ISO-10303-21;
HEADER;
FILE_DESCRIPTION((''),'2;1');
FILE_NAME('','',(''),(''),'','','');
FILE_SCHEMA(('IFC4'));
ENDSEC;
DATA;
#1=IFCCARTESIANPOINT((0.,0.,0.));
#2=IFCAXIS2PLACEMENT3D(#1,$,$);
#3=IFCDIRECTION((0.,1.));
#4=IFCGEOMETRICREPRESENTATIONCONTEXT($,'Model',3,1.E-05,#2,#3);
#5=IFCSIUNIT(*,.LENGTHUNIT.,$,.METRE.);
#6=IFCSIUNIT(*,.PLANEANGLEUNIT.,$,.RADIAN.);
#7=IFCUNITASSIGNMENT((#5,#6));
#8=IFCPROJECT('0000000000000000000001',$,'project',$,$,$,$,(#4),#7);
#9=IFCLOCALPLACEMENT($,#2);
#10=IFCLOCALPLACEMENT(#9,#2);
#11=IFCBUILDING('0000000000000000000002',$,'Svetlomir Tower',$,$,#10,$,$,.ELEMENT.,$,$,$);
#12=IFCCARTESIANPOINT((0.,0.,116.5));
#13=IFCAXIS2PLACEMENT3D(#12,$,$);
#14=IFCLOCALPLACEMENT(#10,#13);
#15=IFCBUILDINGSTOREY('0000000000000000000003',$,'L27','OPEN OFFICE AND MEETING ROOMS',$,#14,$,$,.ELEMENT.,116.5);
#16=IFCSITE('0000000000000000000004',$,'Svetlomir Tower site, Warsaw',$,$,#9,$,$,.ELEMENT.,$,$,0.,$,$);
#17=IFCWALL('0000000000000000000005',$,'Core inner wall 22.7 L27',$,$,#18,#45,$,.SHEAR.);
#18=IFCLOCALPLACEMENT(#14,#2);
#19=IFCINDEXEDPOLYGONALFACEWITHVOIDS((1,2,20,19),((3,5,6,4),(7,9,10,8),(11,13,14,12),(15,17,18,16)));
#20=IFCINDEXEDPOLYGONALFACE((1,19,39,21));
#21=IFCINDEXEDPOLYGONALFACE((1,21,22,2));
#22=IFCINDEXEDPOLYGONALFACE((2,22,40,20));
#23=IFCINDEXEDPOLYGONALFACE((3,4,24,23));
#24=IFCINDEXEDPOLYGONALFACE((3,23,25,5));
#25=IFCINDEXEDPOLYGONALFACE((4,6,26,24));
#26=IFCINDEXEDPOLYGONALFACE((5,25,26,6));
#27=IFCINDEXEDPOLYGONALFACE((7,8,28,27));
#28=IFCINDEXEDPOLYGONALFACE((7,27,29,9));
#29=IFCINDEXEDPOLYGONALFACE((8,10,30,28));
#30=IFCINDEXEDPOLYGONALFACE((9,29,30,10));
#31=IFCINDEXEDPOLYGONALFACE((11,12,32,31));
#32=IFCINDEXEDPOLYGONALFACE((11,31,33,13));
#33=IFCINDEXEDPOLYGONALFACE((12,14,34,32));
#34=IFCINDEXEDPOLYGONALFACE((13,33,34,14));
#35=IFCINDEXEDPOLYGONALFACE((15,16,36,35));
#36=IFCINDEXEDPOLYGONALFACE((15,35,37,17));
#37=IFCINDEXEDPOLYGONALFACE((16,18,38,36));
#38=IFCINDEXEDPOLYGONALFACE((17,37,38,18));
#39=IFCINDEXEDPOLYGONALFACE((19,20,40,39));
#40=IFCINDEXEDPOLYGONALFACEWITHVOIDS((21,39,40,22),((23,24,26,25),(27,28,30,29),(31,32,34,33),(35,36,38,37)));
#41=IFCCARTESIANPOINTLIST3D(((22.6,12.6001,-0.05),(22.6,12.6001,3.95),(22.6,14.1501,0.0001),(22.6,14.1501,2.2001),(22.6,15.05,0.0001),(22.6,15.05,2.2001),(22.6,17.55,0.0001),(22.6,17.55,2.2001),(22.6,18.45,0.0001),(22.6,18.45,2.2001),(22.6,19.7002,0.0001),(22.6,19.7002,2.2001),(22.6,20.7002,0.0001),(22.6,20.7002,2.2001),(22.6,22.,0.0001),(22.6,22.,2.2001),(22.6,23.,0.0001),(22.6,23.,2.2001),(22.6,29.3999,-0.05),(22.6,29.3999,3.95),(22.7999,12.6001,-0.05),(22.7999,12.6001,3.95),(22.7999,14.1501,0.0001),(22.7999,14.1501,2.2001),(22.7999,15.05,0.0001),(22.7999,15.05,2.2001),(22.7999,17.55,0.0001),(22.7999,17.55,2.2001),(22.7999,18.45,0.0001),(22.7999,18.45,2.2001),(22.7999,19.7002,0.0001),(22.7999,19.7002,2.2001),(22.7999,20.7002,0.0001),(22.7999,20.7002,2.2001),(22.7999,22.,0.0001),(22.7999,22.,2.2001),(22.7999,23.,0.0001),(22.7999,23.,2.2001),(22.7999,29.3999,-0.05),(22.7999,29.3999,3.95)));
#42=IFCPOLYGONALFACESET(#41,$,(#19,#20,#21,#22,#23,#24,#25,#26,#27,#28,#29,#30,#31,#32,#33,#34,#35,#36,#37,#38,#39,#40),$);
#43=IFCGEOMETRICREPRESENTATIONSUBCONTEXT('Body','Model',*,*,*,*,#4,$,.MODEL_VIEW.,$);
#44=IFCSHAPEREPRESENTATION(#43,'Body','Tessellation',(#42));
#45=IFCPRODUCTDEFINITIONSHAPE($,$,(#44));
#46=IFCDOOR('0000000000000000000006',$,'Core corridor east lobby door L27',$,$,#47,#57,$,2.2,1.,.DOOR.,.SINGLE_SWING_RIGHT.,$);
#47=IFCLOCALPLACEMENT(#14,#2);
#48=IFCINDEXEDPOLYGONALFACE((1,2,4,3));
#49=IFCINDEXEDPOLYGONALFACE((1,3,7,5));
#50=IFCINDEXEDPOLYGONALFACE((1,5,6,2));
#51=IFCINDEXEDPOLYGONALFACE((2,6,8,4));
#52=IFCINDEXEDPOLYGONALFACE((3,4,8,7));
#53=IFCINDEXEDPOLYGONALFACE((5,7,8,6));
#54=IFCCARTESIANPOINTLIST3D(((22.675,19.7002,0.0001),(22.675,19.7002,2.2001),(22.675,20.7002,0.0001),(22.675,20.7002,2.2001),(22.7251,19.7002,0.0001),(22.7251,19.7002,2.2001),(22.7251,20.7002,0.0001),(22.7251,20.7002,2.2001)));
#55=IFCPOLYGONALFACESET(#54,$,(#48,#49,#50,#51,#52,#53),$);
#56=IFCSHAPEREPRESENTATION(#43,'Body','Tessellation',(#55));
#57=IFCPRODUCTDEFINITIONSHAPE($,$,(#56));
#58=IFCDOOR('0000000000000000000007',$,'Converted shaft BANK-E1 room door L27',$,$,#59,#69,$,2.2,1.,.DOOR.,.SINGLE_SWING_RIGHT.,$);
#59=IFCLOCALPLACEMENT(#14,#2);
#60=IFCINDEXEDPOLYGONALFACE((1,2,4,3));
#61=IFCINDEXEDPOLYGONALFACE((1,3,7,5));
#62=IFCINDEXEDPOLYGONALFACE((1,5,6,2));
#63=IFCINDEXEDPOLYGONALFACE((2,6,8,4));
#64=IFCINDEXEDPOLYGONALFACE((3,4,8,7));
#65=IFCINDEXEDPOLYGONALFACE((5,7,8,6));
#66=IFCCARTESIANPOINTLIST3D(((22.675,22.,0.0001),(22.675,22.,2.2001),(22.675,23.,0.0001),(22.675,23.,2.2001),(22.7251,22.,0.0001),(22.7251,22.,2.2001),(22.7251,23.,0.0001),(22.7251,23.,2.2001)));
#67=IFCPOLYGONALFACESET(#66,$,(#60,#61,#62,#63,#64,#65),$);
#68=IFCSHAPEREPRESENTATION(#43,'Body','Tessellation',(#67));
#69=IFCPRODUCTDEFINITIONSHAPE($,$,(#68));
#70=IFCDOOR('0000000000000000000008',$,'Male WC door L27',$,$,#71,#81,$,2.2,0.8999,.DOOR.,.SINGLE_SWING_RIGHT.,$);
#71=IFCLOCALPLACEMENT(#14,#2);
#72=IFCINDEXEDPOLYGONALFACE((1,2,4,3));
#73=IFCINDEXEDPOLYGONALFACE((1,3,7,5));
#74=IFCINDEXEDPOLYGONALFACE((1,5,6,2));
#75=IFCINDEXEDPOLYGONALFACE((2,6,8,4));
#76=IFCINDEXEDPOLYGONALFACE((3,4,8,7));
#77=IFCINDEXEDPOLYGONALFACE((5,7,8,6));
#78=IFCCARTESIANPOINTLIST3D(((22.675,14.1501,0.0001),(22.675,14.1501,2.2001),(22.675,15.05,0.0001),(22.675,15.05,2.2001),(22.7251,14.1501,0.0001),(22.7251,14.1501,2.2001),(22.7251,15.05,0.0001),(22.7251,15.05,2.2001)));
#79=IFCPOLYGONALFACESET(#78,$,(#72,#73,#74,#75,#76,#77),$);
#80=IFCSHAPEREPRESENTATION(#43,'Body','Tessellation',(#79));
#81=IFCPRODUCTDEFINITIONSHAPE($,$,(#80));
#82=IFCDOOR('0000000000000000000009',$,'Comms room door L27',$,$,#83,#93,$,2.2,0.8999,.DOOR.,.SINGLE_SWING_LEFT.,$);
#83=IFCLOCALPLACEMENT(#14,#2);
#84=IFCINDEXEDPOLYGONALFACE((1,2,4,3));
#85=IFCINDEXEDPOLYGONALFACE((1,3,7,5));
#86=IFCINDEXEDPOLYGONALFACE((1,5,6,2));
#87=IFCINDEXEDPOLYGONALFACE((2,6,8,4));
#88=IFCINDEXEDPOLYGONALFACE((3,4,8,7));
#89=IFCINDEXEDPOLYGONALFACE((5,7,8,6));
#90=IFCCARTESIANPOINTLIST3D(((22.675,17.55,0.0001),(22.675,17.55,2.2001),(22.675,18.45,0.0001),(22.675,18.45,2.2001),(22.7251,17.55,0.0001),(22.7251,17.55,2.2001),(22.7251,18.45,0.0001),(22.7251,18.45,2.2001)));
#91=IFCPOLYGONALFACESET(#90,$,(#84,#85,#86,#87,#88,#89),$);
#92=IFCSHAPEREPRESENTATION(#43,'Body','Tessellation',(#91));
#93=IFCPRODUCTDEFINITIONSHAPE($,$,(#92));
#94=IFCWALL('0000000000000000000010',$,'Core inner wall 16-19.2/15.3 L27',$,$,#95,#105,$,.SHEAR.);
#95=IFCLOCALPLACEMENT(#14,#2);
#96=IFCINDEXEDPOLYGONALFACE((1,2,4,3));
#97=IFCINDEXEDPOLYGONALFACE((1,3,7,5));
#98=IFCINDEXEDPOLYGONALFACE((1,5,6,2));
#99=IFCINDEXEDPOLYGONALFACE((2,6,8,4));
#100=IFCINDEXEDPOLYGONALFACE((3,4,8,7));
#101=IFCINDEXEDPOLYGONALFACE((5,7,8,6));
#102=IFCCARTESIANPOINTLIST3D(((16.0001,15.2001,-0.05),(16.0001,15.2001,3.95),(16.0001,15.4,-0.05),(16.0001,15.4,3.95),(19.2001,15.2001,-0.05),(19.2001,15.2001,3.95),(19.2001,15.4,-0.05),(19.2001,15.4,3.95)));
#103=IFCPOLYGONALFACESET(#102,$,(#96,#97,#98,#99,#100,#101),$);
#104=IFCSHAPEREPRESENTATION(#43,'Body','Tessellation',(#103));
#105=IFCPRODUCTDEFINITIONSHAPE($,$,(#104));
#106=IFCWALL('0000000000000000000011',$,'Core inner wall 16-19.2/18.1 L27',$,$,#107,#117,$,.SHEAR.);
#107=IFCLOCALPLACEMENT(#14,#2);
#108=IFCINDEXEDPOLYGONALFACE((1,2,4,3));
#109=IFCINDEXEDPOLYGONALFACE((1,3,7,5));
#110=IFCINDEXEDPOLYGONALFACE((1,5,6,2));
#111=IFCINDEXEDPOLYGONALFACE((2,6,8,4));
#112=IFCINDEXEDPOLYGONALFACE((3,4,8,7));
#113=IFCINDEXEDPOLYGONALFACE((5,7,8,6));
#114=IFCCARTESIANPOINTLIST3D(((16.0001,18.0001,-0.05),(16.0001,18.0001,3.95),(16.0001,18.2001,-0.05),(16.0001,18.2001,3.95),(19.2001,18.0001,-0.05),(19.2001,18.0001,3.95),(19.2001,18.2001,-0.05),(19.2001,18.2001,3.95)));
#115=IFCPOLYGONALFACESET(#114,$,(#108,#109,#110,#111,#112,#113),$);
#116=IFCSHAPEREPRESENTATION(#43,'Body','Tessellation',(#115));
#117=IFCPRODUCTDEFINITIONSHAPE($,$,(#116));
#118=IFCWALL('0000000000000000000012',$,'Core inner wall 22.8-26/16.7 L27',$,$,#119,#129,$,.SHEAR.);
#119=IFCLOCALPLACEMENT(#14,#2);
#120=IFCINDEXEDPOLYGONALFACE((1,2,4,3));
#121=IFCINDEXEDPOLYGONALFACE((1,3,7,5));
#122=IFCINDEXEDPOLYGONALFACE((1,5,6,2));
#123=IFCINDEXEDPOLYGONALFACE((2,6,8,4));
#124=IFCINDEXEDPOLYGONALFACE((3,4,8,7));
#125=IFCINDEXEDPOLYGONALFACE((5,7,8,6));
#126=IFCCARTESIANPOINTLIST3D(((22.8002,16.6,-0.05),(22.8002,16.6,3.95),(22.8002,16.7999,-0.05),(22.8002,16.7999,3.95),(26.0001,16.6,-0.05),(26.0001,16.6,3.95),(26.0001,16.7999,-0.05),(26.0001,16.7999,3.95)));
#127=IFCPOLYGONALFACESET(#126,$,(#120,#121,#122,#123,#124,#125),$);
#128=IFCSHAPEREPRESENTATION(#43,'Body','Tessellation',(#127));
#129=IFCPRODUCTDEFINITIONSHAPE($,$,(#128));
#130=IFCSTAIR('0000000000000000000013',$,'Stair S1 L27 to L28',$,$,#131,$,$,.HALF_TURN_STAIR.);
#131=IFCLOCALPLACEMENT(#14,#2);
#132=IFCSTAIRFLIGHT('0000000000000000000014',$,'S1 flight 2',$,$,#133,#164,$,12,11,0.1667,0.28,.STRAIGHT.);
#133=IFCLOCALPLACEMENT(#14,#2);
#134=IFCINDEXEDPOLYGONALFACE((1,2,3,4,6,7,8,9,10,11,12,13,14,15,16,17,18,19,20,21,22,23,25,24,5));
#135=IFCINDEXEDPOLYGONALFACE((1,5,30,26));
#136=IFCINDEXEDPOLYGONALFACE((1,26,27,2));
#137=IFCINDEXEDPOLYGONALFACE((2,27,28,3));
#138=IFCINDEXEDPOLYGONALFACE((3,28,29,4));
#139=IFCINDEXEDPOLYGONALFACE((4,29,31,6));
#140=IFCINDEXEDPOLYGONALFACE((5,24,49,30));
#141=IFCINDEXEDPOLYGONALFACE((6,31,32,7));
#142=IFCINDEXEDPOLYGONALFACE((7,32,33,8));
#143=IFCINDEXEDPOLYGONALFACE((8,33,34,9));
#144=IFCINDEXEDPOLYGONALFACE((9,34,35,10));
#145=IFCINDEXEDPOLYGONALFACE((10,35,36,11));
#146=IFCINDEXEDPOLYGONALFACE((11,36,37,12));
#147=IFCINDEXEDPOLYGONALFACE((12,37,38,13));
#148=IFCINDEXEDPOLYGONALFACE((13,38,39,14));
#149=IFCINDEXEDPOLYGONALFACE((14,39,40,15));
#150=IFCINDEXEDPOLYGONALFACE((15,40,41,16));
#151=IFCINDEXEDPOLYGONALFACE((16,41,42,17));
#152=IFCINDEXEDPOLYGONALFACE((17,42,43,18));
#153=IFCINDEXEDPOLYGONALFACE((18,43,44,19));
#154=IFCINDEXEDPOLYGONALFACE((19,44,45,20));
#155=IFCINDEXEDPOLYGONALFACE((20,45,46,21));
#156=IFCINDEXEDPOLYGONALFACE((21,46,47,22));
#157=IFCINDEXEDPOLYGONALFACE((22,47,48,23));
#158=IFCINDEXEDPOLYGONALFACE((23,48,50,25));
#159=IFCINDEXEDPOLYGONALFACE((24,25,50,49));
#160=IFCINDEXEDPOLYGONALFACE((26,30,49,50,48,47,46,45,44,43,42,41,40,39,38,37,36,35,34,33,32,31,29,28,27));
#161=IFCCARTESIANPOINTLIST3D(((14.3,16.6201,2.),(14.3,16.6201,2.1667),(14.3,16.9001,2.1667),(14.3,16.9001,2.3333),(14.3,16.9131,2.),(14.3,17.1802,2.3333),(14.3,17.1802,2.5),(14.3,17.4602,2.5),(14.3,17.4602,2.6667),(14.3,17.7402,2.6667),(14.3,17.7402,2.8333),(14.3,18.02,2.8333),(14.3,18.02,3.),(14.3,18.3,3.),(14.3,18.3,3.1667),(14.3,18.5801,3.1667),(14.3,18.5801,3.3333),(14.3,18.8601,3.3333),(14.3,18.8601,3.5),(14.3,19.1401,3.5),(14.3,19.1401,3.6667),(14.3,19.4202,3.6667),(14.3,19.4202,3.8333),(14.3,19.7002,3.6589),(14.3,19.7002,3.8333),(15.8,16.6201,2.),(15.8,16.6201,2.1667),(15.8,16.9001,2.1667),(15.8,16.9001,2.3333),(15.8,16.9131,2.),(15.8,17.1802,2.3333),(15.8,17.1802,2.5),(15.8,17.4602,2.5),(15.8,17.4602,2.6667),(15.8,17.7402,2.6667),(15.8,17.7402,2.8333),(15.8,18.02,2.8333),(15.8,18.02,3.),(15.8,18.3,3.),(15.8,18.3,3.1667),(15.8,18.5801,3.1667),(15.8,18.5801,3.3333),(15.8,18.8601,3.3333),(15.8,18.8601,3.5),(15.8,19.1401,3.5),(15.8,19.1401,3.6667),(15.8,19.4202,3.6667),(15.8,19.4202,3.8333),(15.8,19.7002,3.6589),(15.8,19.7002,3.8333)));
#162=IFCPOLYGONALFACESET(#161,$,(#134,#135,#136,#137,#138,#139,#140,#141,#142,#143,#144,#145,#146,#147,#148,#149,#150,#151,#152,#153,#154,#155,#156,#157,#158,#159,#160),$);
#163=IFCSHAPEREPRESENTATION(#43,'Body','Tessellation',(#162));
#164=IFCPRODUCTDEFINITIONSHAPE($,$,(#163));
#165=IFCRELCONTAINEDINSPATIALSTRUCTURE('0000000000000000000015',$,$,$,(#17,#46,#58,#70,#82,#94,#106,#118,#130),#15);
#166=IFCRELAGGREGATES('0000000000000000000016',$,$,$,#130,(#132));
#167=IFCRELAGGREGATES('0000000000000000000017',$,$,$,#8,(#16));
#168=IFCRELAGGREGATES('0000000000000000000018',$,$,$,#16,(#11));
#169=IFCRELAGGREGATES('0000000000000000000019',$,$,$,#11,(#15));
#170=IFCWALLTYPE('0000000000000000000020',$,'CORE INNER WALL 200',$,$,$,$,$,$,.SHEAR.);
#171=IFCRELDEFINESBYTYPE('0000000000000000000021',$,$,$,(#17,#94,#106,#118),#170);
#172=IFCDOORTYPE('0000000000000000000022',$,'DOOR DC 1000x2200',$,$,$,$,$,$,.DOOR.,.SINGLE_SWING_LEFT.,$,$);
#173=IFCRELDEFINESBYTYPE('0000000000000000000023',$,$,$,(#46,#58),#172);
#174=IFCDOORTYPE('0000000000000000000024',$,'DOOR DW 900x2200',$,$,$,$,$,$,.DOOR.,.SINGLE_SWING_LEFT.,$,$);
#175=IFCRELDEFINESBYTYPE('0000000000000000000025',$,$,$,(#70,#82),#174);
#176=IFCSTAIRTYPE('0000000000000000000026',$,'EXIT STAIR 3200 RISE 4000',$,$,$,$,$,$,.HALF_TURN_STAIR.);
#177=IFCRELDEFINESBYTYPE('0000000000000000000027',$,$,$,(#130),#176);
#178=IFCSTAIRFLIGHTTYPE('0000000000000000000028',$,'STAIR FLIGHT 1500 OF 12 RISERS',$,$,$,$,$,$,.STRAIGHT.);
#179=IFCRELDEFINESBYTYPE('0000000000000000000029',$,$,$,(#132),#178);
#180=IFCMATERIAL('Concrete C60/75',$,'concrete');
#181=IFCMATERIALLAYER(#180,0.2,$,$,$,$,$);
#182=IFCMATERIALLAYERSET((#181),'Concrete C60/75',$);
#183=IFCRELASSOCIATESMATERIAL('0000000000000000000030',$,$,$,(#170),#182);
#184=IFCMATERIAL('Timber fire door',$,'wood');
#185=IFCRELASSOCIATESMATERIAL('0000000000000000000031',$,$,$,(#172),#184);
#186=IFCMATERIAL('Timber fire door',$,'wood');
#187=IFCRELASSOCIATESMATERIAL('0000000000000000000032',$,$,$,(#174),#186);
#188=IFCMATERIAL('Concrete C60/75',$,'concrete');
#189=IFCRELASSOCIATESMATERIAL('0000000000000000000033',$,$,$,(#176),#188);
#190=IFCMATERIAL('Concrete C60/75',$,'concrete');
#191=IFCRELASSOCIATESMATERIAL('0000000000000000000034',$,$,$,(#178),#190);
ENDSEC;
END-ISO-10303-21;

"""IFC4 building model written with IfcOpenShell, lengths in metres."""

from ifc_helpers import new_model, si_unit, direction, frame, frame_2d, origin, place, context, subcontext, project, spatial, polyline, rectangle, outline, extrude, material, layer, layer_set, type_object, element, fill, aggregate, save


model = new_model("IFC4")

# Units and contexts
model_context = context("Model", 3, precision=1e-05, world=origin(), true_north=direction((0.0, 1.0)))
body_context = subcontext(model_context, "Body", "Model", "MODEL_VIEW")
ifc_project = project(units=[si_unit("LENGTHUNIT", "METRE"), si_unit("PLANEANGLEUNIT", "RADIAN")], contexts=[model_context])

# Site, building, storey
site_placement = place(None, origin())
site = spatial("IfcSite", under=ifc_project, at=site_placement, Name="Svetlomir Tower site, Warsaw", CompositionType="ELEMENT", RefElevation=0.0)
building_placement = place(site_placement, origin())
building = spatial("IfcBuilding", under=site, at=building_placement, Name="Svetlomir Tower", CompositionType="ELEMENT")
storey_placement = place(building_placement, frame((0.0, 0.0, 116.5)))
storey = spatial("IfcBuildingStorey", under=building, at=storey_placement, Name="L27", Description="OPEN OFFICE AND MEETING ROOMS", CompositionType="ELEMENT", Elevation=116.5)

# Wall, openings, doors
ifc_material_1 = material(Name="Concrete C60/75", Category="concrete")
ifc_layer = layer(ifc_material_1, 0.2)
ifc_layer_set = layer_set([ifc_layer], Name="Concrete C60/75")
wall_type = type_object("IfcWallType", Name="CORE INNER WALL 200", PredefinedType="SHEAR", material=ifc_layer_set)
ifc_material_2 = material(Name="Timber fire door", Category="wood")
door_type_1 = type_object("IfcDoorType", Name="DOOR DC 1000x2200", OperationType="SINGLE_SWING_LEFT", PredefinedType="DOOR", material=ifc_material_2)
ifc_material_3 = material(Name="Timber fire door", Category="wood")
door_type_2 = type_object("IfcDoorType", Name="DOOR DW 900x2200", OperationType="SINGLE_SWING_LEFT", PredefinedType="DOOR", material=ifc_material_3)
wall_1_placement = place(storey_placement, frame((22.7, 12.6001, -0.05), z_axis=(0.0, 0.0, 1.0), x_axis=(0.0, 1.0, 0.0)))
wall_1 = element("IfcWall", 1, at=wall_1_placement, inside=storey, type_object=wall_type, Name="Core inner wall 22.7 L27", PredefinedType="SHEAR", context=body_context, shape_type="SweptSolid", body=[
    extrude(rectangle(XDim=16.7998, YDim=0.2, at=frame_2d((8.3999, 0.0))), origin(), (0.0, 0.0, 1.0), 4.0),
])
opening_1_placement = place(wall_1_placement, frame((7.1001, 0.0, 0.05)))
opening_1 = element("IfcOpeningElement", 2, at=opening_1_placement, cuts=wall_1, PredefinedType="OPENING", context=body_context, shape_type="SweptSolid", body=[
    extrude(rectangle(XDim=1.0, YDim=2.2, at=frame_2d((0.5, 1.1001))), frame((0.0, 0.1099, 0.0), z_axis=(0.0, -1.0, 0.0), x_axis=(1.0, 0.0, 0.0)), (0.0, 0.0, 1.0), 0.22),
])
opening_2_placement = place(wall_1_placement, frame((1.55, 0.0, 0.05)))
opening_2 = element("IfcOpeningElement", 3, at=opening_2_placement, cuts=wall_1, PredefinedType="OPENING", context=body_context, shape_type="SweptSolid", body=[
    extrude(rectangle(XDim=0.8999, YDim=2.2, at=frame_2d((0.45, 1.1001))), frame((0.0, 0.1099, 0.0), z_axis=(0.0, -1.0, 0.0), x_axis=(1.0, 0.0, 0.0)), (0.0, 0.0, 1.0), 0.22),
])
opening_3_placement = place(wall_1_placement, frame((4.95, 0.0, 0.05)))
opening_3 = element("IfcOpeningElement", 4, at=opening_3_placement, cuts=wall_1, PredefinedType="OPENING", context=body_context, shape_type="SweptSolid", body=[
    extrude(rectangle(XDim=0.8999, YDim=2.2, at=frame_2d((0.45, 1.1001))), frame((0.0, 0.1099, 0.0), z_axis=(0.0, -1.0, 0.0), x_axis=(1.0, 0.0, 0.0)), (0.0, 0.0, 1.0), 0.22),
])
opening_4_placement = place(wall_1_placement, frame((9.3999, 0.0, 0.05)))
opening_4 = element("IfcOpeningElement", 5, at=opening_4_placement, cuts=wall_1, PredefinedType="OPENING", context=body_context, shape_type="SweptSolid", body=[
    extrude(rectangle(XDim=1.0, YDim=2.2, at=frame_2d((0.5, 1.1001))), frame((0.0, 0.1099, 0.0), z_axis=(0.0, -1.0, 0.0), x_axis=(1.0, 0.0, 0.0)), (0.0, 0.0, 1.0), 0.22),
])
door_1_placement = place(opening_1_placement, origin())
door_1 = element("IfcDoor", 6, at=door_1_placement, inside=storey, type_object=door_type_1, Name="Core corridor east lobby door L27", OperationType="SINGLE_SWING_RIGHT", OverallHeight=2.2, OverallWidth=1.0, PredefinedType="DOOR", context=body_context, shape_type="SweptSolid", body=[
    extrude(rectangle(XDim=1.0, YDim=2.2, at=frame_2d((0.5, 1.1001))), frame((0.0, 0.0249, 0.0), z_axis=(0.0, -1.0, 0.0), x_axis=(1.0, 0.0, 0.0)), (0.0, 0.0, 1.0), 0.05),
])
fill(opening_1, door_1)
door_2_placement = place(opening_4_placement, origin())
door_2 = element("IfcDoor", 7, at=door_2_placement, inside=storey, type_object=door_type_1, Name="Converted shaft BANK-E1 room door L27", OperationType="SINGLE_SWING_RIGHT", OverallHeight=2.2, OverallWidth=1.0, PredefinedType="DOOR", context=body_context, shape_type="SweptSolid", body=[
    extrude(rectangle(XDim=1.0, YDim=2.2, at=frame_2d((0.5, 1.1001))), frame((0.0, 0.0249, 0.0), z_axis=(0.0, -1.0, 0.0), x_axis=(1.0, 0.0, 0.0)), (0.0, 0.0, 1.0), 0.05),
])
fill(opening_4, door_2)
door_3_placement = place(opening_2_placement, origin())
door_3 = element("IfcDoor", 8, at=door_3_placement, inside=storey, type_object=door_type_2, Name="Male WC door L27", OperationType="SINGLE_SWING_RIGHT", OverallHeight=2.2, OverallWidth=0.8999, PredefinedType="DOOR", context=body_context, shape_type="SweptSolid", body=[
    extrude(rectangle(XDim=0.8999, YDim=2.2, at=frame_2d((0.45, 1.1001))), frame((0.0, 0.0249, 0.0), z_axis=(0.0, -1.0, 0.0), x_axis=(1.0, 0.0, 0.0)), (0.0, 0.0, 1.0), 0.05),
])
fill(opening_2, door_3)
door_4_placement = place(opening_3_placement, origin())
door_4 = element("IfcDoor", 9, at=door_4_placement, inside=storey, type_object=door_type_2, Name="Comms room door L27", OperationType="SINGLE_SWING_LEFT", OverallHeight=2.2, OverallWidth=0.8999, PredefinedType="DOOR", context=body_context, shape_type="SweptSolid", body=[
    extrude(rectangle(XDim=0.8999, YDim=2.2, at=frame_2d((0.45, 1.1001))), frame((0.0, 0.0249, 0.0), z_axis=(0.0, -1.0, 0.0), x_axis=(1.0, 0.0, 0.0)), (0.0, 0.0, 1.0), 0.05),
])
fill(opening_3, door_4)

# Walls
for number, where, z_axis, x_axis, name in (
    (10, (16.0, 15.3, -0.05), (0.0, 0.0, 1.0), (1.0, 0.0, 0.0), "Core inner wall 16-19.2/15.3 L27"),
    (11, (16.0, 18.1001, -0.05), (0.0, 0.0, 1.0), (1.0, 0.0, 0.0), "Core inner wall 16-19.2/18.1 L27"),
    (12, (22.8, 16.7, -0.05), (0.0, 0.0, 1.0), (1.0, 0.0, 0.0), "Core inner wall 22.8-26/16.7 L27"),
):
    element("IfcWall", number, at=place(storey_placement, frame(where, z_axis=z_axis, x_axis=x_axis)), inside=storey, type_object=wall_type, Name=name, PredefinedType="SHEAR", context=body_context, shape_type="SweptSolid", body=[
        extrude(rectangle(XDim=3.2, YDim=0.2, at=frame_2d((1.6001, 0.0))), origin(), (0.0, 0.0, 1.0), 4.0),
    ])

# Stair, stair flight
ifc_material_4 = material(Name="Concrete C60/75", Category="concrete")
stair_type = type_object("IfcStairType", Name="EXIT STAIR 3200 RISE 4000", PredefinedType="HALF_TURN_STAIR", material=ifc_material_4)
stair_placement = place(storey_placement, origin())
stair = element("IfcStair", 13, at=stair_placement, inside=storey, type_object=stair_type, Name="Stair S1 L27 to L28", PredefinedType="HALF_TURN_STAIR")
ifc_material_5 = material(Name="Concrete C60/75", Category="concrete")
stair_flight_type = type_object("IfcStairFlightType", Name="STAIR FLIGHT 1500 OF 12 RISERS", PredefinedType="STRAIGHT", material=ifc_material_5)
stair_flight_placement = place(storey_placement, frame((15.05, 16.6201, 2.0), z_axis=(0.0, 0.0, 1.0), x_axis=(0.0, 1.0, 0.0)))
stair_flight = element("IfcStairFlight", 14, at=stair_flight_placement, type_object=stair_flight_type, Name="S1 flight 2", NumberOfRisers=12, NumberOfTreads=11, PredefinedType="STRAIGHT", RiserHeight=0.1667, TreadLength=0.28, context=body_context, shape_type="SweptSolid", body=[
    extrude(outline(polyline([(0.0, 0.0), (0.0, 0.1667), (0.28, 0.1667), (0.28, 0.3333), (0.5601, 0.3333), (0.5601, 0.5), (0.8401, 0.5), (0.8401, 0.6667), (1.1201, 0.6667), (1.1201, 0.8333), (1.3999, 0.8333), (1.3999, 1.0), (1.6799, 1.0), (1.6799, 1.1667), (1.96, 1.1667), (1.96, 1.3333), (2.24, 1.3333), (2.24, 1.5), (2.52, 1.5), (2.52, 1.6667), (2.8, 1.6667), (2.8, 1.8333), (3.0801, 1.8333), (3.0801, 2.0), (3.0801, 1.6589), (0.293, 0.0), (0.0, 0.0)])), frame((0.0, 0.75, 0.0), z_axis=(0.0, -1.0, 0.0), x_axis=(1.0, 0.0, 0.0)), (0.0, 0.0, 1.0), 1.5),
])
aggregate(stair, [stair_flight])

save(model, "model.ifc")
